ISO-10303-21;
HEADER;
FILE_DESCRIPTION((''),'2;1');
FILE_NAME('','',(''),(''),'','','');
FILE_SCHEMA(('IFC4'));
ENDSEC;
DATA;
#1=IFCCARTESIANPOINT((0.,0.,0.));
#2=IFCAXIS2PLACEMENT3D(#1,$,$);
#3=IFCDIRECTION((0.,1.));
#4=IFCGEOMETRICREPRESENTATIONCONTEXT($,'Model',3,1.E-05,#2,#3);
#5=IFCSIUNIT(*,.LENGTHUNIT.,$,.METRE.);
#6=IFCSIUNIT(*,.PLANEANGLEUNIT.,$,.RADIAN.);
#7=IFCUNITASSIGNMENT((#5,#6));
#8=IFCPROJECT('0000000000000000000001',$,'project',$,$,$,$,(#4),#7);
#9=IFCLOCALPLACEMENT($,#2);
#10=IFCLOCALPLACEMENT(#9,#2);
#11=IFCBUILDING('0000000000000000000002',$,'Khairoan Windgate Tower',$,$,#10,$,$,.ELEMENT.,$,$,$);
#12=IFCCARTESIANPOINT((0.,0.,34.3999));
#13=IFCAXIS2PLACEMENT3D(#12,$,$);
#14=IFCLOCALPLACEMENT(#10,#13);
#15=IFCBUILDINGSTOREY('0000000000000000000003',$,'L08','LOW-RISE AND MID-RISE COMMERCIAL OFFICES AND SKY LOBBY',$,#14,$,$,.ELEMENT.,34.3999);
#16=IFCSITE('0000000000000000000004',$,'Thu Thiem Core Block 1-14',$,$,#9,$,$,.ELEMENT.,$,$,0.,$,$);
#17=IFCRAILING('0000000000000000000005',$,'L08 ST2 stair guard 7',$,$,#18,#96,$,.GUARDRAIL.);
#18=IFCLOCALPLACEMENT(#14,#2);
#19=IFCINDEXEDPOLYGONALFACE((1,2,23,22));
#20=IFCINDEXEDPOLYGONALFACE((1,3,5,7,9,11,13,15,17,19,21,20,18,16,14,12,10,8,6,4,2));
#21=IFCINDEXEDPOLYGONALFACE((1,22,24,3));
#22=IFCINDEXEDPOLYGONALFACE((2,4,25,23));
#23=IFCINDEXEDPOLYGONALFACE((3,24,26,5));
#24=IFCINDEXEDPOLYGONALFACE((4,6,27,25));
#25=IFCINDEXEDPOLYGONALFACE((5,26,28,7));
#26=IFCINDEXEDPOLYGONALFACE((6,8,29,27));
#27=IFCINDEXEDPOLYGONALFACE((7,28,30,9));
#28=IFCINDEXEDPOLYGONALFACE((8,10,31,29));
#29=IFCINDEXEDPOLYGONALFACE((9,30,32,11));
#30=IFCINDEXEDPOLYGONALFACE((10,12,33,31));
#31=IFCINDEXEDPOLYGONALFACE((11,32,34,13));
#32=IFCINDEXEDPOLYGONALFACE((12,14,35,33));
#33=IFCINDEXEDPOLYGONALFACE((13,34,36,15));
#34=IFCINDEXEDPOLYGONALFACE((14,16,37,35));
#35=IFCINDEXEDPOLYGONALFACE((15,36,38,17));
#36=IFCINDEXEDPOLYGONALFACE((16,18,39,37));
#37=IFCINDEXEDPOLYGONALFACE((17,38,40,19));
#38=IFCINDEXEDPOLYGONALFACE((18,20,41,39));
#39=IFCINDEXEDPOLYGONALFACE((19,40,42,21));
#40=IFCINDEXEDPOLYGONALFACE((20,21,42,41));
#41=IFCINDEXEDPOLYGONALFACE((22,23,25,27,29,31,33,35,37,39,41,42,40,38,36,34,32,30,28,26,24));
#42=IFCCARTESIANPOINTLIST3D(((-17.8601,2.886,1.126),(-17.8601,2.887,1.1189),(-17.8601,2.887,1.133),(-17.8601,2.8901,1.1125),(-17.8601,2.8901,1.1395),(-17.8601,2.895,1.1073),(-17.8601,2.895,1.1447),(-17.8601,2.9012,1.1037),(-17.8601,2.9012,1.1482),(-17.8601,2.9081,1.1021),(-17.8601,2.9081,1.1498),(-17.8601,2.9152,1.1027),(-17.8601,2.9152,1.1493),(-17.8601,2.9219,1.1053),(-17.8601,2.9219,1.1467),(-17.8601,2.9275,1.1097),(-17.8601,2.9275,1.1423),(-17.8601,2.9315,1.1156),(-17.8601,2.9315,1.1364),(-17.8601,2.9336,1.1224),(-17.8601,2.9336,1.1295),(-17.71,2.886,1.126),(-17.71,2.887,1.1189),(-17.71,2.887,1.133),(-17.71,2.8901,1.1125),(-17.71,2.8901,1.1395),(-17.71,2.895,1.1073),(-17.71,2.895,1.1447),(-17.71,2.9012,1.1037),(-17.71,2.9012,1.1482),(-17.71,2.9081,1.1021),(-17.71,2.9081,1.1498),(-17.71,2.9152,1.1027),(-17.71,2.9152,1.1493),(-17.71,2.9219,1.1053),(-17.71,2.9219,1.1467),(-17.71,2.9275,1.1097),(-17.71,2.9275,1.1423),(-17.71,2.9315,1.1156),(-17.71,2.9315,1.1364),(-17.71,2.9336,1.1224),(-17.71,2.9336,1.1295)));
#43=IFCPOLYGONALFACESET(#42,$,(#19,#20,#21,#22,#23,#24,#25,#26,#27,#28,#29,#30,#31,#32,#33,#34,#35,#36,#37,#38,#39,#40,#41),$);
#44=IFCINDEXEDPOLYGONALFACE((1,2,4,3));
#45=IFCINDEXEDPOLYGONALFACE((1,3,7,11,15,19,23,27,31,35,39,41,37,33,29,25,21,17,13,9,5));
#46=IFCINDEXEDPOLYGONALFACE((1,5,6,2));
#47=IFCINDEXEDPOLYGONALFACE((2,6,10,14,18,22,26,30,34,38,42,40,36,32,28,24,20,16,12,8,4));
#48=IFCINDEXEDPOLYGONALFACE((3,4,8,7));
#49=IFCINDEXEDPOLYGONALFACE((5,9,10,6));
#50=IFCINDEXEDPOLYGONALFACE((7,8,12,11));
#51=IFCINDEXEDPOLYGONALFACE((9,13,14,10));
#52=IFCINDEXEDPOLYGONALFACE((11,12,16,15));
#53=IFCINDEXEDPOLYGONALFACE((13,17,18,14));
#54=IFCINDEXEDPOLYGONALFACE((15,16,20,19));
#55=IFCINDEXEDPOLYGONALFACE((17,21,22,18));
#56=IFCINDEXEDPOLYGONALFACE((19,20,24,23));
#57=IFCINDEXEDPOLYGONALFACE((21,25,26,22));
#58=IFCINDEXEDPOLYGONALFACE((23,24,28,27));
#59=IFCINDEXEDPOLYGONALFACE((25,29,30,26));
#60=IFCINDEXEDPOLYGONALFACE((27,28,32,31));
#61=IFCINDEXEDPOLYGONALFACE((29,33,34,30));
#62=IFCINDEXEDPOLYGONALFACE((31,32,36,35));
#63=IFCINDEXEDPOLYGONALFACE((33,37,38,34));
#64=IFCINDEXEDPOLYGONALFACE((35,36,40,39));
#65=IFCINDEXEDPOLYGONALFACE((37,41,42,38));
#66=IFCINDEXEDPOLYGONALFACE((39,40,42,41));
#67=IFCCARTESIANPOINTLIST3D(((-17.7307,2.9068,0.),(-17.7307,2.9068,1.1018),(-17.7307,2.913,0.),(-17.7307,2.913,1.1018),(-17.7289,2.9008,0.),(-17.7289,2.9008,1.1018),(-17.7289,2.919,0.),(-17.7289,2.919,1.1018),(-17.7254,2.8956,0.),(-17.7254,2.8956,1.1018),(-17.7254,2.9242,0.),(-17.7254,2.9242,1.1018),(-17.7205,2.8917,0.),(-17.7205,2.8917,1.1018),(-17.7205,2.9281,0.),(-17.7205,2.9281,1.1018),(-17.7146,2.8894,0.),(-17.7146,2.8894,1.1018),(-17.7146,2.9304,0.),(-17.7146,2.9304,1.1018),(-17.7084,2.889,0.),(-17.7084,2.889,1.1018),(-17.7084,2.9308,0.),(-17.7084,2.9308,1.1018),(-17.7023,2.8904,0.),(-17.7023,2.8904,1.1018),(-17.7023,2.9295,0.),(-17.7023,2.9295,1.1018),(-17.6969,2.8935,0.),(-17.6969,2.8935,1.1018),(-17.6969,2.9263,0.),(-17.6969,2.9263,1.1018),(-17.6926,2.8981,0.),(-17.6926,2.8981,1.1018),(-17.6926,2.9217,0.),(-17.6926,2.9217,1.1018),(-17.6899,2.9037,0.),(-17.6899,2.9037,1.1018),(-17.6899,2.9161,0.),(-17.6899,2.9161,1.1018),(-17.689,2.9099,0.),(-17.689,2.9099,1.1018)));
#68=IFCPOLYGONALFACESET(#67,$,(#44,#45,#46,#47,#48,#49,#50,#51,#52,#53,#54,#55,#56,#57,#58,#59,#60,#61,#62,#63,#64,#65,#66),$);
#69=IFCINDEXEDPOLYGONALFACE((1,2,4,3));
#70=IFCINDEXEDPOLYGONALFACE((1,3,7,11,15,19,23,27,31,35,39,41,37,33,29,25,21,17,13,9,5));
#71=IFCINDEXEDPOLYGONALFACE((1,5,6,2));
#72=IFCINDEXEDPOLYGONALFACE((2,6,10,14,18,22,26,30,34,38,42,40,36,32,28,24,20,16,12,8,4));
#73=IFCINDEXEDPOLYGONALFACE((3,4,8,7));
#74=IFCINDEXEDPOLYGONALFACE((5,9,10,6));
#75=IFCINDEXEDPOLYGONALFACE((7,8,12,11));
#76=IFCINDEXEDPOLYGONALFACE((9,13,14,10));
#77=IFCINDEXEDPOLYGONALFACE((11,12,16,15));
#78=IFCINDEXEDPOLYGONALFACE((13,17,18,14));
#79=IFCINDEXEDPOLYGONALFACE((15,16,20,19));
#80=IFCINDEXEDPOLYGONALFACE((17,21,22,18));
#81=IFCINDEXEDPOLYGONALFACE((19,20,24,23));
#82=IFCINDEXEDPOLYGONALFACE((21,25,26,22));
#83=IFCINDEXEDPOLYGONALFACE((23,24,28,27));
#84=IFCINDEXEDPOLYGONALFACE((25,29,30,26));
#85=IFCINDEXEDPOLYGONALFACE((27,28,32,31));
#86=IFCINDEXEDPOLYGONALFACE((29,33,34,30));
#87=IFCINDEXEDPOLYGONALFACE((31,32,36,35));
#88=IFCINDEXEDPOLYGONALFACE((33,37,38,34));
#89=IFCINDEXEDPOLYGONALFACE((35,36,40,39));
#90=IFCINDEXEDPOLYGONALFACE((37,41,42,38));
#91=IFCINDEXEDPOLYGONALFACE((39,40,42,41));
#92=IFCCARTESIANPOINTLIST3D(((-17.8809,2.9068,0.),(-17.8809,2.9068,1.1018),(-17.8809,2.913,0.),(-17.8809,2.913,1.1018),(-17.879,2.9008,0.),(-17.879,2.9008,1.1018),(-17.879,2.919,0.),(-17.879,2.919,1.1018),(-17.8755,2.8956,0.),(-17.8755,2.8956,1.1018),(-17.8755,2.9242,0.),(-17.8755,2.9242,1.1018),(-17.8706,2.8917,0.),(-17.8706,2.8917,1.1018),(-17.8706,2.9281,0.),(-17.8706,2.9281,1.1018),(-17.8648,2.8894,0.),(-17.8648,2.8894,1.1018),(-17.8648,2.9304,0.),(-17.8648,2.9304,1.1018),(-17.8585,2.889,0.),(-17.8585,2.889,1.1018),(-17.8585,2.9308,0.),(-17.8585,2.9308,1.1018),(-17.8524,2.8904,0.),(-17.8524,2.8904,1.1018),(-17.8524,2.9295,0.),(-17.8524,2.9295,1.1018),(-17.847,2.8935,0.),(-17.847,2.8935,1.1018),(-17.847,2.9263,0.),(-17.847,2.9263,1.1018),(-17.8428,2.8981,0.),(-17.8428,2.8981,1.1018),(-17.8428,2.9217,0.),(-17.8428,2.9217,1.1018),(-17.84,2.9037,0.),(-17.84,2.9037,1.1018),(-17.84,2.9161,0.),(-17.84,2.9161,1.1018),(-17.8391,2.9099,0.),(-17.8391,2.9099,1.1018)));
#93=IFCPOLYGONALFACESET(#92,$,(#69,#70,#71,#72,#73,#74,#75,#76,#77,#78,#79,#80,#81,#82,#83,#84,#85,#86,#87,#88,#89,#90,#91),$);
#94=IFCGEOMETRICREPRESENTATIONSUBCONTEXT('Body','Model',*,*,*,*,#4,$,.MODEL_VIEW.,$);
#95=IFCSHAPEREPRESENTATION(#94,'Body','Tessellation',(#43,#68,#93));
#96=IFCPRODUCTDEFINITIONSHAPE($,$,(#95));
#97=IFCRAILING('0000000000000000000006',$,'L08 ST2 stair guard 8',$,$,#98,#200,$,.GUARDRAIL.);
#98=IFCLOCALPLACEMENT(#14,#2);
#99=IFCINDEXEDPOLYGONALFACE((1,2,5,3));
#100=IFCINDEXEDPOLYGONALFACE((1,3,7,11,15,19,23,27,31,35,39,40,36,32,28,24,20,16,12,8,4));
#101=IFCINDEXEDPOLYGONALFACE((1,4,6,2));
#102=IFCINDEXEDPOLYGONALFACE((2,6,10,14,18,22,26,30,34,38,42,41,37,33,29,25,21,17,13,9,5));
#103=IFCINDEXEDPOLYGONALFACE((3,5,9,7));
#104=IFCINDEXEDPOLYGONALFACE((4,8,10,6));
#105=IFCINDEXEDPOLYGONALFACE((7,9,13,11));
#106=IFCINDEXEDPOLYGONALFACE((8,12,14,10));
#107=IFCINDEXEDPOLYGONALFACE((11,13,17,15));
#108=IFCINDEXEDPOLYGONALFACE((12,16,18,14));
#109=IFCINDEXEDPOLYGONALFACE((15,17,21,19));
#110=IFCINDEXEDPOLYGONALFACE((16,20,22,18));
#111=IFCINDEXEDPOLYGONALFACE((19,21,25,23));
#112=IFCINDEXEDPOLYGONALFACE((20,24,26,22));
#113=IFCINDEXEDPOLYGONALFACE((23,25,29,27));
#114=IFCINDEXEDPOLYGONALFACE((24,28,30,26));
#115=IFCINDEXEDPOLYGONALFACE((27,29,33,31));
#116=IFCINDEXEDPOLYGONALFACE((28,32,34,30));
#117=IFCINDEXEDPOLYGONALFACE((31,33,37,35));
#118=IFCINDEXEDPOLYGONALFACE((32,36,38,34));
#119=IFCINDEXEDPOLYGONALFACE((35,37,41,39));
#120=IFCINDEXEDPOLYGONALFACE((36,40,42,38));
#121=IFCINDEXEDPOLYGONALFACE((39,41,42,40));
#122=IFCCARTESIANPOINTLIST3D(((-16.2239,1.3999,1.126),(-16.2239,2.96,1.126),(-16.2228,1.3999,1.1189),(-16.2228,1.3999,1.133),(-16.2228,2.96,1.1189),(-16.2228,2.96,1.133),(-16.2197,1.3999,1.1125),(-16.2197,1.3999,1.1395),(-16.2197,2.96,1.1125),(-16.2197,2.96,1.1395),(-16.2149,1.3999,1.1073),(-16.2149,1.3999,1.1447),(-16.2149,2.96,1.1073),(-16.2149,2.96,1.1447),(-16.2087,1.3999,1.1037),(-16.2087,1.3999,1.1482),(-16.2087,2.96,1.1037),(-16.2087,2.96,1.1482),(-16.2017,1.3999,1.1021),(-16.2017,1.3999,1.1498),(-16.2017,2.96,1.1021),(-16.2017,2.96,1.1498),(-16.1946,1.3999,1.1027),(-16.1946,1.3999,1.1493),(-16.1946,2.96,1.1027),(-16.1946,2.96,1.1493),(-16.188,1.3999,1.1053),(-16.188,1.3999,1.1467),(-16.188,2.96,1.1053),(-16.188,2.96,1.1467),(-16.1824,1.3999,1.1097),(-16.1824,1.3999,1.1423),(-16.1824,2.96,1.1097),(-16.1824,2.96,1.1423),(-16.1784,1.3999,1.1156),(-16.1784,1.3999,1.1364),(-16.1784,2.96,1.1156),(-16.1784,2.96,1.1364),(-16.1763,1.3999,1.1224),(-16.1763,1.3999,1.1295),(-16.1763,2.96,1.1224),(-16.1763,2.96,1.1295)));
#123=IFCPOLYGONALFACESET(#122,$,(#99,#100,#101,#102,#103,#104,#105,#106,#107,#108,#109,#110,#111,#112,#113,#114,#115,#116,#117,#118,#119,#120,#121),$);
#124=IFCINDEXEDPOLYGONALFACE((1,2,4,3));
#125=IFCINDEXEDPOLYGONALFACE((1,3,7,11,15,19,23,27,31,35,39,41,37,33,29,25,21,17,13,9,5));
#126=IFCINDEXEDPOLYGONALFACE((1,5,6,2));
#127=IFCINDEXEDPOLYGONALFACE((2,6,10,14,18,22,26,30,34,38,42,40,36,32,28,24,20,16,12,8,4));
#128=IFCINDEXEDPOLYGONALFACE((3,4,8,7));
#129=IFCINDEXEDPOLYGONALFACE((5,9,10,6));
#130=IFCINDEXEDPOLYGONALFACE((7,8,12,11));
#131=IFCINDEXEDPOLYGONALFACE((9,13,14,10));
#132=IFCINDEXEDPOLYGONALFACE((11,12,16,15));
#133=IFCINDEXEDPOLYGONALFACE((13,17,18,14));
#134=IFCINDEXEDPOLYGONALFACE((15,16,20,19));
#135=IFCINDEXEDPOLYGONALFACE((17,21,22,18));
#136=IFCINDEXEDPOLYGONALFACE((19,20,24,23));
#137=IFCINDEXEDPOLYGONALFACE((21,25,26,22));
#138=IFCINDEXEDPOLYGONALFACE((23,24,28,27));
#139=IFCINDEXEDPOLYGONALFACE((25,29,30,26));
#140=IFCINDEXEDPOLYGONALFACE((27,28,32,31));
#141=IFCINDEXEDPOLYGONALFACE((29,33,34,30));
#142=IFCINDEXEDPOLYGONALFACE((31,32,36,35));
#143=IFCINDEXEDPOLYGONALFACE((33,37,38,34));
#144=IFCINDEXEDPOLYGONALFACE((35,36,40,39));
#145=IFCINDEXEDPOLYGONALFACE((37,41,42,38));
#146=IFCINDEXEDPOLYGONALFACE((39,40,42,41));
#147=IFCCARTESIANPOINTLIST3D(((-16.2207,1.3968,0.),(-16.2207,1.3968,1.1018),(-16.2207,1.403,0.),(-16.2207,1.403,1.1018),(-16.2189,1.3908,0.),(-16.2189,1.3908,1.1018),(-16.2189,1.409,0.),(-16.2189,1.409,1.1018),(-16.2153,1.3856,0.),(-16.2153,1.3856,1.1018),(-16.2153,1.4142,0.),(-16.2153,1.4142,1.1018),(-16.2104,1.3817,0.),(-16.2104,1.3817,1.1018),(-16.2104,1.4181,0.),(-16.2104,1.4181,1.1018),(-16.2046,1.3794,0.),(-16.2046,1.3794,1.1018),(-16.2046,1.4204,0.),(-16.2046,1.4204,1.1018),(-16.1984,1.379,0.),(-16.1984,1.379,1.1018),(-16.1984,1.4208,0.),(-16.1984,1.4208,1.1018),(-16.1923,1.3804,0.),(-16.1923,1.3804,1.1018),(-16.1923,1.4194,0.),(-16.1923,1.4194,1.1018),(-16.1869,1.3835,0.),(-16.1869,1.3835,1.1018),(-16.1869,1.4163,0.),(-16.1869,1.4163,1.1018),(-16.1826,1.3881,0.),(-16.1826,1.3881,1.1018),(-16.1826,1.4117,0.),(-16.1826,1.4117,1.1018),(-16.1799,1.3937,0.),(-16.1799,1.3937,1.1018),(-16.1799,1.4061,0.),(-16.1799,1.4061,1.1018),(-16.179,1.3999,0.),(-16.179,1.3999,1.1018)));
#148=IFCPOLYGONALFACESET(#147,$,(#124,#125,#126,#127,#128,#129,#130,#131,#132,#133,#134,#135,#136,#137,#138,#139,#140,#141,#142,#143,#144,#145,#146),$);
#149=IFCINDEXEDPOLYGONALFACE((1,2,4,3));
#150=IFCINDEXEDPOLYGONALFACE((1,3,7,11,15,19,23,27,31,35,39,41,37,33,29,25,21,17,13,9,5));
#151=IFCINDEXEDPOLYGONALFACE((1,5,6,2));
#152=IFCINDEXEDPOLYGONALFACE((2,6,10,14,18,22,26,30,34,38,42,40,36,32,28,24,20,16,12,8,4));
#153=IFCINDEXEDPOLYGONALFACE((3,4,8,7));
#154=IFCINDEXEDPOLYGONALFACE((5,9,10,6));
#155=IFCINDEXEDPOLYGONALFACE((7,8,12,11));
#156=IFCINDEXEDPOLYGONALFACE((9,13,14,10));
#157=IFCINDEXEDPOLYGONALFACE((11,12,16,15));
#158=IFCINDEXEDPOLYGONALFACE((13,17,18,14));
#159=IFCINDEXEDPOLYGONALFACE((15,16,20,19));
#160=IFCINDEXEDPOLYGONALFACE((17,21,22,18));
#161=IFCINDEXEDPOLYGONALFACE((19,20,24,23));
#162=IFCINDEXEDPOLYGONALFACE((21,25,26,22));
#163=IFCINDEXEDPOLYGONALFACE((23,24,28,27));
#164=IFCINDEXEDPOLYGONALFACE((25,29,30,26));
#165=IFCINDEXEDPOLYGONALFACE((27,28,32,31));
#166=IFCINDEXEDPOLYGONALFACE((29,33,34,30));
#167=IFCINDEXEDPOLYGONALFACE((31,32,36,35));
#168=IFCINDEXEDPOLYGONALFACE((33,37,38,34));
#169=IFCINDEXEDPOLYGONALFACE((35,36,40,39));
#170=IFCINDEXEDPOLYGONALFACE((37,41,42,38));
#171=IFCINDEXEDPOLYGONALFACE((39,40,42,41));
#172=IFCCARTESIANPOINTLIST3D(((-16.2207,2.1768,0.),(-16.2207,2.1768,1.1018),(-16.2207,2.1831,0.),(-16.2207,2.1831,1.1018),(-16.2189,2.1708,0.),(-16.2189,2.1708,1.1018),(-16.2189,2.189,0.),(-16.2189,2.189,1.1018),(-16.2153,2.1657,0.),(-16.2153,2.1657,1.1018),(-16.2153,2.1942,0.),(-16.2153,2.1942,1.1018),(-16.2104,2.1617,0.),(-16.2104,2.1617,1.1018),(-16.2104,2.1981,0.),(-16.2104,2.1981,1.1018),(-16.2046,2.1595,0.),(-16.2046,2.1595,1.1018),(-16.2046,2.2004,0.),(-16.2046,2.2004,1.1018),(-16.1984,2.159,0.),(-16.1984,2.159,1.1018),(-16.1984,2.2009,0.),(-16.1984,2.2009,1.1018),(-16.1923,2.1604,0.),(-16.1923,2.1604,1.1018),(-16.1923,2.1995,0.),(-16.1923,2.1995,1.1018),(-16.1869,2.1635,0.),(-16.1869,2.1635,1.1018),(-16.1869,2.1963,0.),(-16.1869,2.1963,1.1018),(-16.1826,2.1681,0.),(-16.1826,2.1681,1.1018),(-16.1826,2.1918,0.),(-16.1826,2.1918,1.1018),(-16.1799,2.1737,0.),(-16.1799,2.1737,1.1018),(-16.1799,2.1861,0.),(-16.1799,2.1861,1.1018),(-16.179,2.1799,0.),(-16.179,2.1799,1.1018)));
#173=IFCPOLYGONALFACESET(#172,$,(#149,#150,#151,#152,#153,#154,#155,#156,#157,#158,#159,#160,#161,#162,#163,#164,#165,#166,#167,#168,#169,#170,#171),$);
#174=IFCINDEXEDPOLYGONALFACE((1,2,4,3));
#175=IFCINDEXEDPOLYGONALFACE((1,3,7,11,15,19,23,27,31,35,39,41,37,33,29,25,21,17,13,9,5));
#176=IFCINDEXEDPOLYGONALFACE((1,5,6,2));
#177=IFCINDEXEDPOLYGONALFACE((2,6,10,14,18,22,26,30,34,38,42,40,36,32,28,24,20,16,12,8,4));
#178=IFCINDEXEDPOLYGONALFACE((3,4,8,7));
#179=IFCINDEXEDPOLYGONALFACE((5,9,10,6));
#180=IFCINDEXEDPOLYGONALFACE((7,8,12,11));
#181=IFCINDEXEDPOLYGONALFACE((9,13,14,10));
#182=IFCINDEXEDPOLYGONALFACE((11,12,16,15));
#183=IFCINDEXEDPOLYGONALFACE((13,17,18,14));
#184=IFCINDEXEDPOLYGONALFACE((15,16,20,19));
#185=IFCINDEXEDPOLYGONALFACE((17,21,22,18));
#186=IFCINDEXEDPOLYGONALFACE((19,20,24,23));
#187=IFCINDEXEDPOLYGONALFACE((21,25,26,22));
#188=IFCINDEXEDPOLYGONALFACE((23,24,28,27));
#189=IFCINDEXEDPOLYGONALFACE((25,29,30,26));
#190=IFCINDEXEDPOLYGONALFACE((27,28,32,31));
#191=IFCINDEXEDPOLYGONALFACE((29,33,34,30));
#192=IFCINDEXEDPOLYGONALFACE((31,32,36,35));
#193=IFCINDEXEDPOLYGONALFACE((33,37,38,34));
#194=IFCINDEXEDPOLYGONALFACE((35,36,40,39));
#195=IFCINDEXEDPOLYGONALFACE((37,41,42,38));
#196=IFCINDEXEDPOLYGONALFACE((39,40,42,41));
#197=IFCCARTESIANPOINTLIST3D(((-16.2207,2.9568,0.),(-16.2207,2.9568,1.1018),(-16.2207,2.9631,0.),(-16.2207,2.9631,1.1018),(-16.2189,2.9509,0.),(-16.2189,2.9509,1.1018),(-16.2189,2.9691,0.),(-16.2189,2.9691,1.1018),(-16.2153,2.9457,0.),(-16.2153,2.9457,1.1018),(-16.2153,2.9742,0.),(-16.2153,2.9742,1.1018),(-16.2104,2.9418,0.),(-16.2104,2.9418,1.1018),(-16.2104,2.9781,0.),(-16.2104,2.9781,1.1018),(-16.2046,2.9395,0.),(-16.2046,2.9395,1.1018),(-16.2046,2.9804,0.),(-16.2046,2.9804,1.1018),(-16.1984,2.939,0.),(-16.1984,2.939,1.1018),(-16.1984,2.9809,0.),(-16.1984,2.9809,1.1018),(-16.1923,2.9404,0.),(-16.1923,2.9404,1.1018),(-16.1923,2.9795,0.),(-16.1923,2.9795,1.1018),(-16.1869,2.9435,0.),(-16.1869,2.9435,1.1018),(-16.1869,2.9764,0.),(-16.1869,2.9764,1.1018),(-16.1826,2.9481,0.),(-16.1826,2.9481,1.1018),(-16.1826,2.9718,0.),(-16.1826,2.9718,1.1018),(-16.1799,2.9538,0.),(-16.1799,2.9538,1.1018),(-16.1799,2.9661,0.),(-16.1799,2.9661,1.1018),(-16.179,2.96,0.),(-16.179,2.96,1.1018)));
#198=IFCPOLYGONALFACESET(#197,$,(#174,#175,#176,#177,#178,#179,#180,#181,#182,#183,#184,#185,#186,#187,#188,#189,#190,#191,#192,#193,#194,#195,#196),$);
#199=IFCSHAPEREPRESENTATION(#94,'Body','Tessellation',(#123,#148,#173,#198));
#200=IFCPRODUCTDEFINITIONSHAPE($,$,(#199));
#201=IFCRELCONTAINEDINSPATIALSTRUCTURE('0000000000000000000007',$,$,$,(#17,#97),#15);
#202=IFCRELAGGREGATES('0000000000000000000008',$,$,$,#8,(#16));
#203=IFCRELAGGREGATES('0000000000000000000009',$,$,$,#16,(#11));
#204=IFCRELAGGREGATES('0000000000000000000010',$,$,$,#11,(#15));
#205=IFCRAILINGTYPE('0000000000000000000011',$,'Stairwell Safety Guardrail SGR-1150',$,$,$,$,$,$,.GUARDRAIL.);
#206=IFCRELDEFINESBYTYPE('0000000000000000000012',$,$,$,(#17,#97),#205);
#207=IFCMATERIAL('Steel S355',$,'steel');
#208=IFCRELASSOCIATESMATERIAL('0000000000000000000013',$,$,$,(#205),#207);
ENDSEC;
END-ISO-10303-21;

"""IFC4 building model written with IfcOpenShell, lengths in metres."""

from ifc_helpers import new_model, si_unit, direction, frame, origin, origin_2d, place, context, subcontext, project, spatial, circle, extrude, material, type_object, element, save


model = new_model("IFC4")

# Units and contexts
model_context = context("Model", 3, precision=1e-05, world=origin(), true_north=direction((0.0, 1.0)))
body_context = subcontext(model_context, "Body", "Model", "MODEL_VIEW")
ifc_project = project(units=[si_unit("LENGTHUNIT", "METRE"), si_unit("PLANEANGLEUNIT", "RADIAN")], contexts=[model_context])

# Site, building, storey
site_placement = place(None, origin())
site = spatial("IfcSite", under=ifc_project, at=site_placement, Name="Thu Thiem Core Block 1-14", CompositionType="ELEMENT", RefElevation=0.0)
building_placement = place(site_placement, origin())
building = spatial("IfcBuilding", under=site, at=building_placement, Name="Khairoan Windgate Tower", CompositionType="ELEMENT")
storey_placement = place(building_placement, frame((0.0, 0.0, 34.3999)))
storey = spatial("IfcBuildingStorey", under=building, at=storey_placement, Name="L08", Description="LOW-RISE AND MID-RISE COMMERCIAL OFFICES AND SKY LOBBY", CompositionType="ELEMENT", Elevation=34.3999)

# Railings
ifc_material_1 = material(Name="Steel S355", Category="steel")
railing_type_1 = type_object("IfcRailingType", Name="Stairwell Safety Guardrail SGR-1150", PredefinedType="GUARDRAIL", material=ifc_material_1)
railing_1_placement = place(storey_placement, frame((-17.71, 2.9099, 0.0)))
element("IfcRailing", 1, at=railing_1_placement, inside=storey, type_object=railing_type_1, Name="L08 ST2 stair guard 7", PredefinedType="GUARDRAIL", context=body_context, shape_type="SweptSolid", body=[
    extrude(circle(Radius=0.0239, at=origin_2d()), frame((0.0, 0.0, 1.126), z_axis=(-1.0, 0.0, 0.0), x_axis=(0.0, -1.0, 0.0)), (0.0, 0.0, 1.0), 0.1501),
    extrude(circle(Radius=0.021, at=origin_2d()), origin(), (0.0, 0.0, 1.0), 1.1018),
    extrude(circle(Radius=0.021, at=origin_2d()), frame((-0.1501, 0.0, 0.0)), (0.0, 0.0, 1.0), 1.1018),
])
for number, where, name in (
    (2, (-16.2, 1.3999, 0.0), "L08 ST2 stair guard 8"),
):
    element("IfcRailing", number, at=place(storey_placement, frame(where)), inside=storey, type_object=railing_type_1, Name=name, PredefinedType="GUARDRAIL", context=body_context, shape_type="SweptSolid", body=[
        extrude(circle(Radius=0.0239, at=origin_2d()), frame((0.0, 0.0, 1.126), z_axis=(0.0, 1.0, 0.0), x_axis=(-1.0, 0.0, 0.0)), (0.0, 0.0, 1.0), 1.5601),
        extrude(circle(Radius=0.021, at=origin_2d()), origin(), (0.0, 0.0, 1.0), 1.1018),
        extrude(circle(Radius=0.021, at=origin_2d()), frame((0.0, 0.78, 0.0)), (0.0, 0.0, 1.0), 1.1018),
        extrude(circle(Radius=0.021, at=origin_2d()), frame((0.0, 1.5601, 0.0)), (0.0, 0.0, 1.0), 1.1018),
    ])

save(model, "model.ifc")
